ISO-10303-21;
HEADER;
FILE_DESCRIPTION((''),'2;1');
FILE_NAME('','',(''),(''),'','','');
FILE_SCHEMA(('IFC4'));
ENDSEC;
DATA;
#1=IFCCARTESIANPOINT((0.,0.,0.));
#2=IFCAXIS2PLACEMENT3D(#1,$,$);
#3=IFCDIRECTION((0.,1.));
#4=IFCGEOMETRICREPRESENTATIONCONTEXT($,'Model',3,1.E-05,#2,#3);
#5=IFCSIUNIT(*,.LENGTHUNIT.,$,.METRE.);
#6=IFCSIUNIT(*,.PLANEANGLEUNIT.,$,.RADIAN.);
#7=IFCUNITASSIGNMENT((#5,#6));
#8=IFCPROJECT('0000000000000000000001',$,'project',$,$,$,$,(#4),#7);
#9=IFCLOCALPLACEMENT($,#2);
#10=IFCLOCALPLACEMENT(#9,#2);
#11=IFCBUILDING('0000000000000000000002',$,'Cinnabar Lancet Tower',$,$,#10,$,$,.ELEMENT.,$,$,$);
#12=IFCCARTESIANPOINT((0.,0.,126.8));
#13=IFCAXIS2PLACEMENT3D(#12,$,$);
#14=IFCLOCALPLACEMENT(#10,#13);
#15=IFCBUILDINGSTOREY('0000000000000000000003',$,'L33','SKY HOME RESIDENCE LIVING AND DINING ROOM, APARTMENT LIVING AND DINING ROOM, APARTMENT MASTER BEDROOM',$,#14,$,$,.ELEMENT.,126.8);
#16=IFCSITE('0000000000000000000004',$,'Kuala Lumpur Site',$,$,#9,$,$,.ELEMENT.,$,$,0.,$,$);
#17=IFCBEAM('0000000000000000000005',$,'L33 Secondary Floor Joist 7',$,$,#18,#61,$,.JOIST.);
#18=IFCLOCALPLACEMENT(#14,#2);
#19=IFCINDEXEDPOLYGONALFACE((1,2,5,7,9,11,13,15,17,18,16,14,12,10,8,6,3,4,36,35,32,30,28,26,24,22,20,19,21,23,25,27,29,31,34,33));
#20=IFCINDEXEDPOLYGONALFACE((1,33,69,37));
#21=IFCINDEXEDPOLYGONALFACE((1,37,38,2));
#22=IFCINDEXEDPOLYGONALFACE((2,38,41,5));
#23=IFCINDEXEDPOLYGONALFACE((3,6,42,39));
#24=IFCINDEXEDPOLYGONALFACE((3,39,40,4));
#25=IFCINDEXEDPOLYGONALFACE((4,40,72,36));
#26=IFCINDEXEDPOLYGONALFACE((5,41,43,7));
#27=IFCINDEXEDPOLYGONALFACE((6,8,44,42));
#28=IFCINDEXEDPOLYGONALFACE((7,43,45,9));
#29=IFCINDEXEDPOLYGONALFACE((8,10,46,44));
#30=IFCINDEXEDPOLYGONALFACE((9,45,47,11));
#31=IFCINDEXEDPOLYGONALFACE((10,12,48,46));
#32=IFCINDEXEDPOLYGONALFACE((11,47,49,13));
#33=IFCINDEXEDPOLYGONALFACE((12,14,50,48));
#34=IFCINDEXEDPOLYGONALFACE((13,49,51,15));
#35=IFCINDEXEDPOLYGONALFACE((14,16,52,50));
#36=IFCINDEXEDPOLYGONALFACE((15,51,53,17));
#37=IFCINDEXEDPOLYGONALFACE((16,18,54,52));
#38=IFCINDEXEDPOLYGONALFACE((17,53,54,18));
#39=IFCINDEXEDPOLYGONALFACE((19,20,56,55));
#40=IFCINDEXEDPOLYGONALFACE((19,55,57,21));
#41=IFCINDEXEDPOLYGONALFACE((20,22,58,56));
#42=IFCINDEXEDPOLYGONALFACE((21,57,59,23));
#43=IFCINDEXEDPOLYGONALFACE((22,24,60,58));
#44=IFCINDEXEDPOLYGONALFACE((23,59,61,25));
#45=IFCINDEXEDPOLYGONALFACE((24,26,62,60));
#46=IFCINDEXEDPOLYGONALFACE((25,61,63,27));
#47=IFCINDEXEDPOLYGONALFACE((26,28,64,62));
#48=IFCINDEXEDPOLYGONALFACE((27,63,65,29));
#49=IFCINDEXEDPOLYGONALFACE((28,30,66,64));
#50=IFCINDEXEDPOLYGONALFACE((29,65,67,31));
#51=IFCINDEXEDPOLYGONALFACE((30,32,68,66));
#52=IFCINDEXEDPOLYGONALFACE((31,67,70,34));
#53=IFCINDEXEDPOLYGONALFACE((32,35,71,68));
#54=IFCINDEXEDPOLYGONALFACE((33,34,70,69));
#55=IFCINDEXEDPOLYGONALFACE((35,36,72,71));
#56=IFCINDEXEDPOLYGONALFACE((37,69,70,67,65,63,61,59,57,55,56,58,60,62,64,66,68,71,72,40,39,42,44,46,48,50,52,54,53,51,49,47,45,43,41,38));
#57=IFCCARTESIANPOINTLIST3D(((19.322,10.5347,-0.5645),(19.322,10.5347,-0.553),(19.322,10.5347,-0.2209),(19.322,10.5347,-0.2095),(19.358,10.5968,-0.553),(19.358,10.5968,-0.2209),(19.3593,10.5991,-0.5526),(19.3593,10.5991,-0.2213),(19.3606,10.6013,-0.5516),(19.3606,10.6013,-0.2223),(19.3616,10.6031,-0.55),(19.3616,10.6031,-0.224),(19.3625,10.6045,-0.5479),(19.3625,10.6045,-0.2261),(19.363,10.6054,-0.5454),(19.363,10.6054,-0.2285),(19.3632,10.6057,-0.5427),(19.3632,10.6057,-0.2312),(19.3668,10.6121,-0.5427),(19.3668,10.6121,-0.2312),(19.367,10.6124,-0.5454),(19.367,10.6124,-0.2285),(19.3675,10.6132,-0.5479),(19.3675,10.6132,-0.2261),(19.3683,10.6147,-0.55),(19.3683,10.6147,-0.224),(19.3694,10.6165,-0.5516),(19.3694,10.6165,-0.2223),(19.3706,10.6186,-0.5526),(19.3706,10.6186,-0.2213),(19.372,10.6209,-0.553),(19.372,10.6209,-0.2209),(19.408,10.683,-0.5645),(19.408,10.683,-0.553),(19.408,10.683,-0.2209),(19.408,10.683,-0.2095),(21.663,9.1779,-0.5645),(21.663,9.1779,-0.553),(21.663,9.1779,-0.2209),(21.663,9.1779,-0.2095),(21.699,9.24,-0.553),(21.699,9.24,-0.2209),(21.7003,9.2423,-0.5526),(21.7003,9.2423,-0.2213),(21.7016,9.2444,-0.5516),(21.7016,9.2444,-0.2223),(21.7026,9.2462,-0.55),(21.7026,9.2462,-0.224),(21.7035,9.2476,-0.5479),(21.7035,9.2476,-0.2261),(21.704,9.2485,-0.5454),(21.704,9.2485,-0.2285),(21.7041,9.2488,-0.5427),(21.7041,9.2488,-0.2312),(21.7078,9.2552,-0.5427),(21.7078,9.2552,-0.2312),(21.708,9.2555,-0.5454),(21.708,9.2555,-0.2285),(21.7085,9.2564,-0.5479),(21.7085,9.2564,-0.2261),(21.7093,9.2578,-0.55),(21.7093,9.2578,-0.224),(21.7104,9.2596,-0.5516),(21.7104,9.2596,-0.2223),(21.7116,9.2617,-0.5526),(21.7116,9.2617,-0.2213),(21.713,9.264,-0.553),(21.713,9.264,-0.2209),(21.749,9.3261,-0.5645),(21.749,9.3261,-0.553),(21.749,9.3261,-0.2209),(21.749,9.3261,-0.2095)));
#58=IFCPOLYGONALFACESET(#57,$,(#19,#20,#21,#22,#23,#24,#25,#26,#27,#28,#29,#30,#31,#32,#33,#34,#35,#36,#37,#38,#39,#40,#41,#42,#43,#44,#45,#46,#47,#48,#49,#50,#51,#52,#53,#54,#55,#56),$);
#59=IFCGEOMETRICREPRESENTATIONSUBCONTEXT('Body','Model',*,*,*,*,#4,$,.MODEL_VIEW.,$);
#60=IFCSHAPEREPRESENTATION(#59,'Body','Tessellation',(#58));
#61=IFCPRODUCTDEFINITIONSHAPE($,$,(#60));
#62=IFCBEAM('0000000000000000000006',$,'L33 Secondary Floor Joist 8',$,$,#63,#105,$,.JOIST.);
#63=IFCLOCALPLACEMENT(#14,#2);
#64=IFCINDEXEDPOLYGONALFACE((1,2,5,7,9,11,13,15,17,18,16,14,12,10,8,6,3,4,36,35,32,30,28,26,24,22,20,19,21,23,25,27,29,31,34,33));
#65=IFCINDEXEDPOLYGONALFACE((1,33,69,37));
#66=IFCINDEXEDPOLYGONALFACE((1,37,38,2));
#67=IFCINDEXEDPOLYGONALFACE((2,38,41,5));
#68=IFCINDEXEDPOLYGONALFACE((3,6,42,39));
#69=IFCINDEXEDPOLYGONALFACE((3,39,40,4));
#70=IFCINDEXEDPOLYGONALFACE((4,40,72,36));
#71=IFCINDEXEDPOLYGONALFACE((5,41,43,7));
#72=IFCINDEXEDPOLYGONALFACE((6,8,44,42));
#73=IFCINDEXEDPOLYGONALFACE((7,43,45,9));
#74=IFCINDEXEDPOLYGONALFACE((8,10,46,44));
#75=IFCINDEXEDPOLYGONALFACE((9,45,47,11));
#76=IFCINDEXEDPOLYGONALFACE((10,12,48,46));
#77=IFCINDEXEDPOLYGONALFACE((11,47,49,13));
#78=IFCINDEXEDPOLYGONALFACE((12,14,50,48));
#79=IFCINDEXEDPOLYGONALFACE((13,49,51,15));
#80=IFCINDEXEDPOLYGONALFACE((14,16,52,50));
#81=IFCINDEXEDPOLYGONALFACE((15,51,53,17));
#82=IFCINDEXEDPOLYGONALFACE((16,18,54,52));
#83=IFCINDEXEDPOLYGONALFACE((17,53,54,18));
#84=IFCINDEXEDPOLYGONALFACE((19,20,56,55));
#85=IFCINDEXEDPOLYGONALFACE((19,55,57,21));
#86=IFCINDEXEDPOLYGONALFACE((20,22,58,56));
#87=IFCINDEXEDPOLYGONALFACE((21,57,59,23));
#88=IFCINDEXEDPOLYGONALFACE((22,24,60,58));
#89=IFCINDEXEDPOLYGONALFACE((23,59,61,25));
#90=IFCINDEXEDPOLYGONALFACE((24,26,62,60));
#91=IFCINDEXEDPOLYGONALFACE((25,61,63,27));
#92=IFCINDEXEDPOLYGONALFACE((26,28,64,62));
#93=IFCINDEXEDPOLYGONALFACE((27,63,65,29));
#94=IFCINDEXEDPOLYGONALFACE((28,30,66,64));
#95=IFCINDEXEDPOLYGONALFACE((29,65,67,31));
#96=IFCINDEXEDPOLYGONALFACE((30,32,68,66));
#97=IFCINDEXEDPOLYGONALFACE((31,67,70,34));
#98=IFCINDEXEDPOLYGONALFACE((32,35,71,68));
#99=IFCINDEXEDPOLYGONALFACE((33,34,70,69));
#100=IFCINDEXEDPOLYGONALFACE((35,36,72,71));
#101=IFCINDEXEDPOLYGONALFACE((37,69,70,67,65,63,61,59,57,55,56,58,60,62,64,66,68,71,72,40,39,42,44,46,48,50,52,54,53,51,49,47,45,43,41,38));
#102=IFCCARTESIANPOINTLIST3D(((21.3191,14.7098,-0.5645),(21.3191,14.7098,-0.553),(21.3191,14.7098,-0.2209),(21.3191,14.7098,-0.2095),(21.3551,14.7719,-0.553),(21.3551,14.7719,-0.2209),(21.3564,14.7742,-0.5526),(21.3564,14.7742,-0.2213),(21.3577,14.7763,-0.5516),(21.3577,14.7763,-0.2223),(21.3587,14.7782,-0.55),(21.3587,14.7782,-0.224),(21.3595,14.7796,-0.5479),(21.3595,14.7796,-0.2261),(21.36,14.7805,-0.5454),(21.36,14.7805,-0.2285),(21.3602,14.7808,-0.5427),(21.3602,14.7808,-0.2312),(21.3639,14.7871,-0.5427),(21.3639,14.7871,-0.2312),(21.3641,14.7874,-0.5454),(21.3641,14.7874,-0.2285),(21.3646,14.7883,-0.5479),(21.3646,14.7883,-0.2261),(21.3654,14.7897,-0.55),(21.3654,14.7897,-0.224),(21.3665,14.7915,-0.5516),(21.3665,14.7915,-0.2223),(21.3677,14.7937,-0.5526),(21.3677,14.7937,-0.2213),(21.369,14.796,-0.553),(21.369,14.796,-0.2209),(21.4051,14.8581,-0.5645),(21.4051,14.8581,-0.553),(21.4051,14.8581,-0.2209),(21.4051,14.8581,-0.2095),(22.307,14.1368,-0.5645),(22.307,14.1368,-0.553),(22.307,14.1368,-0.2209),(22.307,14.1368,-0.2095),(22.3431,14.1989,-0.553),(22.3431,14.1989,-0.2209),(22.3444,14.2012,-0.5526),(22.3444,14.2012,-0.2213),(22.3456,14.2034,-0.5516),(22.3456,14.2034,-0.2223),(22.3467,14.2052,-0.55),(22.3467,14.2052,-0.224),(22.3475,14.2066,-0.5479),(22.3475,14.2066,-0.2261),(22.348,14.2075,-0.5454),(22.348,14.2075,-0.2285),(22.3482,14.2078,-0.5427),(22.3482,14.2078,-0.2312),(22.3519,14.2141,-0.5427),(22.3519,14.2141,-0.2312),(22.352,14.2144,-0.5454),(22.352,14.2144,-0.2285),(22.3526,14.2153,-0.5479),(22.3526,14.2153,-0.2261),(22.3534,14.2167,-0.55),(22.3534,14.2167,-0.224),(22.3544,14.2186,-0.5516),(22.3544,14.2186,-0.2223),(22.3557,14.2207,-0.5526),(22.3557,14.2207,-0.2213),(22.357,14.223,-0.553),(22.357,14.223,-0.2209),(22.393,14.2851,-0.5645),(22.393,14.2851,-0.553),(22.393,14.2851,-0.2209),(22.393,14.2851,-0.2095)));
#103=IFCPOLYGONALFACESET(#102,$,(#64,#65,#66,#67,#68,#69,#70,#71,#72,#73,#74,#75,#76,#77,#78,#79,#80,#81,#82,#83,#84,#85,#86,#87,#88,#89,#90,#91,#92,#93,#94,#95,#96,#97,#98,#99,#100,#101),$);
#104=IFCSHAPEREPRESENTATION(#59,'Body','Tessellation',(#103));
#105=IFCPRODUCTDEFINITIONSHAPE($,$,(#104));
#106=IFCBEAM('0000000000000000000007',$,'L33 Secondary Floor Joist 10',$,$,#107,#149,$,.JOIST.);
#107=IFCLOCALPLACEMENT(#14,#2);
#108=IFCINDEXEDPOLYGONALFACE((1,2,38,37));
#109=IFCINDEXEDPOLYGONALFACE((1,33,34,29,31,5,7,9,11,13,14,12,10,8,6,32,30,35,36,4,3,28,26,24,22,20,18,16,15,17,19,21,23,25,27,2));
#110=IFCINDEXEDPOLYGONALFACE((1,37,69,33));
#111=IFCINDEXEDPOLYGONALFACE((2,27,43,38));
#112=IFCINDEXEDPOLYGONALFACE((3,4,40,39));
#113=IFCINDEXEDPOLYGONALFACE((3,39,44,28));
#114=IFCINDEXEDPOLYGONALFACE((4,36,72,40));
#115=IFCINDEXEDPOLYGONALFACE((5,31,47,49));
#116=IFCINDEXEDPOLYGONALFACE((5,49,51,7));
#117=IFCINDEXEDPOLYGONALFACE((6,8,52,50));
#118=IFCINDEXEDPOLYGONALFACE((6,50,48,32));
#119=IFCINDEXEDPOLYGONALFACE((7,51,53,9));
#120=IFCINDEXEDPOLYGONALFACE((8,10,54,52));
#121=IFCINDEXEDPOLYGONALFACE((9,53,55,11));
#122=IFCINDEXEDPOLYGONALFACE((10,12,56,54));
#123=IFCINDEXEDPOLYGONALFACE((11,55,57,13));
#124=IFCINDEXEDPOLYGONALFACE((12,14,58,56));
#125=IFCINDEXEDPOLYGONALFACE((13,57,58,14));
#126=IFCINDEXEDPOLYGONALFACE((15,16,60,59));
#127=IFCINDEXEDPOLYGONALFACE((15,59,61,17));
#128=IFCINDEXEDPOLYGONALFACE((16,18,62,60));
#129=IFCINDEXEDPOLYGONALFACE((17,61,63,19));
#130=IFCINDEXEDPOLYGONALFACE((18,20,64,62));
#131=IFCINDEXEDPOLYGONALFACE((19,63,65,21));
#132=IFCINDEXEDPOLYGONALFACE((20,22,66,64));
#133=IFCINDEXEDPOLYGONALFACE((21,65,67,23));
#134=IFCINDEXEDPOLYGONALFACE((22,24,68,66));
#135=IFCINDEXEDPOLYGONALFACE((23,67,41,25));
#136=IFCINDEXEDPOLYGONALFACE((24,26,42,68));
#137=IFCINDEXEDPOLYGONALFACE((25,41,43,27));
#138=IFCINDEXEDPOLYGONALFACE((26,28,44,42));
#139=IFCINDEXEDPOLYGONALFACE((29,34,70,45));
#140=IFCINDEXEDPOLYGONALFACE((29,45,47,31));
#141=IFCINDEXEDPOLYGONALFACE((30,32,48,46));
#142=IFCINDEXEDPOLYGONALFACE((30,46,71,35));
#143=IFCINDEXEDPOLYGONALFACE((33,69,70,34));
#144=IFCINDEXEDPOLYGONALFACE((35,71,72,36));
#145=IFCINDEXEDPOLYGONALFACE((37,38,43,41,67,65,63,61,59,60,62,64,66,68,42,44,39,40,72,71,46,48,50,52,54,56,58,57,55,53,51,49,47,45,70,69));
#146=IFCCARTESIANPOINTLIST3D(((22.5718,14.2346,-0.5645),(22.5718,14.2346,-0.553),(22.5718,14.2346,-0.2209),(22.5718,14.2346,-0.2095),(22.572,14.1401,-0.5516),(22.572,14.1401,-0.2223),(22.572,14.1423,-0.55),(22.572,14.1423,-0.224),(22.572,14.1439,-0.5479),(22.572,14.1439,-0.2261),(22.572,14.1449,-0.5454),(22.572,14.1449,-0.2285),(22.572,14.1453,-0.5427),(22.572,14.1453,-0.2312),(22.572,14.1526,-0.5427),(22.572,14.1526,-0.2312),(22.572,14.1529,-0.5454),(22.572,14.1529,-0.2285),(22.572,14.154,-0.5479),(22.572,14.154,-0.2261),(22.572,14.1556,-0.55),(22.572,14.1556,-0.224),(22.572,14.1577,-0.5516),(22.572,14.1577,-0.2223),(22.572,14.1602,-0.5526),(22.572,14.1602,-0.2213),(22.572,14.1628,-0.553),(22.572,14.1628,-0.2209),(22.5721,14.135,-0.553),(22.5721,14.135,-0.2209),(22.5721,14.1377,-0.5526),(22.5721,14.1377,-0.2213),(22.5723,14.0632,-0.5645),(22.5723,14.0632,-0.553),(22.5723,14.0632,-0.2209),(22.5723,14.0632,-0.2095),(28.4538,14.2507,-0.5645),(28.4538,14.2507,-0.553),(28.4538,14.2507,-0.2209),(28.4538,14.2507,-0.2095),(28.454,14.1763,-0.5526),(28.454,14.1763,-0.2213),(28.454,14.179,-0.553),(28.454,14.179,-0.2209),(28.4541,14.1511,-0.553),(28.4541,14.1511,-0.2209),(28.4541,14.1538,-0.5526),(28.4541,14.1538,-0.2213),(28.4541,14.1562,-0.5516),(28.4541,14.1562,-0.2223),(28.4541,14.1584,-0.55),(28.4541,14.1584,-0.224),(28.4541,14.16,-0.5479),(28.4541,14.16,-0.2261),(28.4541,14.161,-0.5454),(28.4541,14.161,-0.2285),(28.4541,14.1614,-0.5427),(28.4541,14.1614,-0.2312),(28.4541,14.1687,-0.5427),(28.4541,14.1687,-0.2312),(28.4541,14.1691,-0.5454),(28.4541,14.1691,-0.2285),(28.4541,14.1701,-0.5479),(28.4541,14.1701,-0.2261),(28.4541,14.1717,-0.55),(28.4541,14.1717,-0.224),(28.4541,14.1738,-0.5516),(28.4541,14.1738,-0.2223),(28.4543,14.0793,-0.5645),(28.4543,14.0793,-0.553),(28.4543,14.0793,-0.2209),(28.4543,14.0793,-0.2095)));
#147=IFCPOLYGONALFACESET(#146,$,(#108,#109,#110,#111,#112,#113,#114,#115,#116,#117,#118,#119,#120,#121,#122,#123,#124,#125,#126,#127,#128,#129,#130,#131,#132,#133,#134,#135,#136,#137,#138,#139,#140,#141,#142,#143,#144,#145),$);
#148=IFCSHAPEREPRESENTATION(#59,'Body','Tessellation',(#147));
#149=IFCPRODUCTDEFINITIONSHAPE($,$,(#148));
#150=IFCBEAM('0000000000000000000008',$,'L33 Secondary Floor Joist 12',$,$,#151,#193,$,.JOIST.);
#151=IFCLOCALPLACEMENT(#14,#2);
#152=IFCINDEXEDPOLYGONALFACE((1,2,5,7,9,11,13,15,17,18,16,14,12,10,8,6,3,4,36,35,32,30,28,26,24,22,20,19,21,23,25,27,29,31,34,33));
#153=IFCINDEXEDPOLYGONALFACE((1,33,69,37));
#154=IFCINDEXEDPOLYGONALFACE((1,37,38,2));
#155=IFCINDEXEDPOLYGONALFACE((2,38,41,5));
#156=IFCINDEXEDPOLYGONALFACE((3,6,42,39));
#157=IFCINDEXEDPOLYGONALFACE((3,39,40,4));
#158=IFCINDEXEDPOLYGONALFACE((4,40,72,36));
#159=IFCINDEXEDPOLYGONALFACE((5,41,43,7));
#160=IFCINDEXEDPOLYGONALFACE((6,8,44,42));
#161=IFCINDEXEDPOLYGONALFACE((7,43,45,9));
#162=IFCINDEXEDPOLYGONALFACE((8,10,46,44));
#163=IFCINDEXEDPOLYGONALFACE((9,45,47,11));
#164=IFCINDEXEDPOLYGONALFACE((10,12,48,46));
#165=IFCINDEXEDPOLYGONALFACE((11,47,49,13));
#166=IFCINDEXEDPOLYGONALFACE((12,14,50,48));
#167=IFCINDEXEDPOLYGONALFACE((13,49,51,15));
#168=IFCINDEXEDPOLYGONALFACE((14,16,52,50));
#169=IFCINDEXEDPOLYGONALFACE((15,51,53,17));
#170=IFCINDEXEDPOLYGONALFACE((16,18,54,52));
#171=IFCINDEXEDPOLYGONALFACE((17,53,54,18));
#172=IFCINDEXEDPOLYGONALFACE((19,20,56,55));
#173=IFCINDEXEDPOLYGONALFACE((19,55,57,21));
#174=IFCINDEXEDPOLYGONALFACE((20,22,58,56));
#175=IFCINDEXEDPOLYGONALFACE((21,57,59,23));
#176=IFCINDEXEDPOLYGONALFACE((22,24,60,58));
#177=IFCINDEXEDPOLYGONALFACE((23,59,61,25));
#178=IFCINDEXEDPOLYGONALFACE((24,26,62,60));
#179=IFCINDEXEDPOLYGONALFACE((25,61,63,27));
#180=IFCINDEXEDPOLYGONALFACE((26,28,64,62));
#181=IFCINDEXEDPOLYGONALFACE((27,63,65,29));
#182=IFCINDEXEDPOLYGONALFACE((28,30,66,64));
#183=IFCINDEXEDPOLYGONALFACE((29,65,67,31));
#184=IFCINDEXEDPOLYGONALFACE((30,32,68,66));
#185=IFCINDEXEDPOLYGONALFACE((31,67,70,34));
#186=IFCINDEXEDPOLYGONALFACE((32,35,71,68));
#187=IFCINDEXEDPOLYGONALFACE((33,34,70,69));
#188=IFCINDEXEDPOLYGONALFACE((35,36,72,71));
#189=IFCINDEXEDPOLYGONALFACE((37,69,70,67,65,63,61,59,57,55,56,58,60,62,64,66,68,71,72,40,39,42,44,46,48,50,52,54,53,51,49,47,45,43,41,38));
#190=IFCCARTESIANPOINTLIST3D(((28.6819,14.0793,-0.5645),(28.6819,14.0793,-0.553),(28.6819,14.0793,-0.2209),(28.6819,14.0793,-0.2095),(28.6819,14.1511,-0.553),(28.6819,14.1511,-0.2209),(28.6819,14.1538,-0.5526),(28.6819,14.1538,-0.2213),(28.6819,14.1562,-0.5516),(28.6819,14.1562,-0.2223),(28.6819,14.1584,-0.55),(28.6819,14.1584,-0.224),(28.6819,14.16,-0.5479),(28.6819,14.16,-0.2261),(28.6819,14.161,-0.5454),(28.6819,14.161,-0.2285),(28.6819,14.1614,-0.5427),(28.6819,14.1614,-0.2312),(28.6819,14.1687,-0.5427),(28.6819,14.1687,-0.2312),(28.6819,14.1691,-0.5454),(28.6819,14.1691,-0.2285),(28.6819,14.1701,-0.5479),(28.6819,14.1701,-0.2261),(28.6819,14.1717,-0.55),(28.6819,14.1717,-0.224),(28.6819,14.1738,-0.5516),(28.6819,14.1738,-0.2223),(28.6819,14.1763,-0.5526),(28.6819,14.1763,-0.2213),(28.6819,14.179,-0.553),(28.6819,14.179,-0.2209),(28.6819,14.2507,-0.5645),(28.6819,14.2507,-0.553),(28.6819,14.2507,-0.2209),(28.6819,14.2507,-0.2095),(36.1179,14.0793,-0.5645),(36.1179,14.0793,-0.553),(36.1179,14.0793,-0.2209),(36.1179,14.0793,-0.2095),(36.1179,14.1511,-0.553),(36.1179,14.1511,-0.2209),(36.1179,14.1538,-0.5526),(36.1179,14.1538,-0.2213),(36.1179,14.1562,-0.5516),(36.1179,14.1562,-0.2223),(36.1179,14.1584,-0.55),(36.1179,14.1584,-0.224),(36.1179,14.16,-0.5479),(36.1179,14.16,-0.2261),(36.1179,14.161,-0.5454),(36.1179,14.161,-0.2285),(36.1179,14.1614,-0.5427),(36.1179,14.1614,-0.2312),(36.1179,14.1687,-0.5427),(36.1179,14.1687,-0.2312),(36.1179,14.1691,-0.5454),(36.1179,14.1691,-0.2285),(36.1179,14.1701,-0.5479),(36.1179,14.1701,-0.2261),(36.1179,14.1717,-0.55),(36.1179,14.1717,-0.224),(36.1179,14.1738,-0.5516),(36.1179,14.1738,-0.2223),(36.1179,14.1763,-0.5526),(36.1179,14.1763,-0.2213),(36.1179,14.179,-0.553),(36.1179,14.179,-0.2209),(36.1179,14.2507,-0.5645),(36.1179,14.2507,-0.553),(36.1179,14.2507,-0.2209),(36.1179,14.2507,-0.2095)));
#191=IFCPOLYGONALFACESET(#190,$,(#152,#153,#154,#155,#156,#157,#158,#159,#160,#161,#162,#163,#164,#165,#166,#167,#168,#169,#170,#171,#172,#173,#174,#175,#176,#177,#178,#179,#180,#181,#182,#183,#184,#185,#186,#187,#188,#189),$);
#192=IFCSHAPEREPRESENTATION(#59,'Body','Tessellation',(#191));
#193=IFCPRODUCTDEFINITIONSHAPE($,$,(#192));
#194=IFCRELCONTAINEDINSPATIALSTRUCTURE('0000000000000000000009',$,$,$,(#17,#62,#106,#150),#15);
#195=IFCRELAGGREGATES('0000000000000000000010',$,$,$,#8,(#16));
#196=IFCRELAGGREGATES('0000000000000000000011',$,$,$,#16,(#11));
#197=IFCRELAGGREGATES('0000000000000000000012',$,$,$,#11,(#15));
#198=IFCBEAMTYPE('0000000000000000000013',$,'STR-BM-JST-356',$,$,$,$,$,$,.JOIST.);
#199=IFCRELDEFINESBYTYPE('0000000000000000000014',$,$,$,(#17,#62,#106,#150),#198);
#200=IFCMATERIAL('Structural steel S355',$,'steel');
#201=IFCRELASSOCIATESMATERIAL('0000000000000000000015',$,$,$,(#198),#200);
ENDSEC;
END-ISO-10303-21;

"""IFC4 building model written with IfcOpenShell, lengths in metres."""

from ifc_helpers import new_model, si_unit, direction, frame, origin, origin_2d, place, context, subcontext, project, spatial, i_section, extrude, material, material_profile, profile_set, type_object, element, save


model = new_model("IFC4")

# Units and contexts
model_context = context("Model", 3, precision=1e-05, world=origin(), true_north=direction((0.0, 1.0)))
body_context = subcontext(model_context, "Body", "Model", "MODEL_VIEW")
ifc_project = project(units=[si_unit("LENGTHUNIT", "METRE"), si_unit("PLANEANGLEUNIT", "RADIAN")], contexts=[model_context])

# Site, building, storey
site_placement = place(None, origin())
site = spatial("IfcSite", under=ifc_project, at=site_placement, Name="Kuala Lumpur Site", CompositionType="ELEMENT", RefElevation=0.0)
building_placement = place(site_placement, origin())
building = spatial("IfcBuilding", under=site, at=building_placement, Name="Cinnabar Lancet Tower", CompositionType="ELEMENT")
storey_placement = place(building_placement, frame((0.0, 0.0, 126.8)))
storey = spatial("IfcBuildingStorey", under=building, at=storey_placement, Name="L33", Description="SKY HOME RESIDENCE LIVING AND DINING ROOM, APARTMENT LIVING AND DINING ROOM, APARTMENT MASTER BEDROOM", CompositionType="ELEMENT", Elevation=126.8)

# Beams
ifc_material_1 = material(Name="Structural steel S355", Category="steel")
ifc_material_profile_1 = material_profile(ifc_material_1, i_section(OverallWidth=0.1714, OverallDepth=0.355, WebThickness=0.0073, FlangeThickness=0.0115, FilletRadius=0.0103, at=origin_2d()), Name="UKB 356x171x51")
ifc_profile_set_1 = profile_set([ifc_material_profile_1], Name="Structural steel S355")
beam_type_1 = type_object("IfcBeamType", Name="STR-BM-JST-356", PredefinedType="JOIST", material=ifc_profile_set_1)
beam_1_placement = place(storey_placement, frame((19.365, 10.6089, -0.387), z_axis=(0.865173, -0.501474, 0.0), x_axis=(0.501474, 0.865173, 0.0)))
element("IfcBeam", 1, at=beam_1_placement, inside=storey, type_object=beam_type_1, Name="L33 Secondary Floor Joist 7", PredefinedType="JOIST", context=body_context, shape_type="SweptSolid", body=[
    extrude(i_section(OverallWidth=0.1714, OverallDepth=0.355, WebThickness=0.0073, FlangeThickness=0.0115, FilletRadius=0.0103, at=origin_2d()), origin(), (0.0, 0.0, 1.0), 2.7058),
])
beam_2_placement = place(storey_placement, frame((21.3621, 14.7839, -0.387), z_axis=(0.865055, -0.501677, 0.0), x_axis=(0.501677, 0.865055, 0.0)))
element("IfcBeam", 2, at=beam_2_placement, inside=storey, type_object=beam_type_1, Name="L33 Secondary Floor Joist 8", PredefinedType="JOIST", context=body_context, shape_type="SweptSolid", body=[
    extrude(i_section(OverallWidth=0.1714, OverallDepth=0.355, WebThickness=0.0073, FlangeThickness=0.0115, FilletRadius=0.0103, at=origin_2d()), origin(), (0.0, 0.0, 1.0), 1.1421),
])
beam_3_placement = place(storey_placement, frame((22.572, 14.1489, -0.387), z_axis=(0.999996, 0.002739, 0.0), x_axis=(-0.002739, 0.999996, 0.0)))
element("IfcBeam", 3, at=beam_3_placement, inside=storey, type_object=beam_type_1, Name="L33 Secondary Floor Joist 10", PredefinedType="JOIST", context=body_context, shape_type="SweptSolid", body=[
    extrude(i_section(OverallWidth=0.1714, OverallDepth=0.355, WebThickness=0.0073, FlangeThickness=0.0115, FilletRadius=0.0103, at=origin_2d()), origin(), (0.0, 0.0, 1.0), 5.8821),
])
beam_4_placement = place(storey_placement, frame((28.6819, 14.165, -0.387), z_axis=(1.0, 0.0, 0.0), x_axis=(0.0, 1.0, 0.0)))
element("IfcBeam", 4, at=beam_4_placement, inside=storey, type_object=beam_type_1, Name="L33 Secondary Floor Joist 12", PredefinedType="JOIST", context=body_context, shape_type="SweptSolid", body=[
    extrude(i_section(OverallWidth=0.1714, OverallDepth=0.355, WebThickness=0.0073, FlangeThickness=0.0115, FilletRadius=0.0103, at=origin_2d()), origin(), (0.0, 0.0, 1.0), 7.436),
])

save(model, "model.ifc")
